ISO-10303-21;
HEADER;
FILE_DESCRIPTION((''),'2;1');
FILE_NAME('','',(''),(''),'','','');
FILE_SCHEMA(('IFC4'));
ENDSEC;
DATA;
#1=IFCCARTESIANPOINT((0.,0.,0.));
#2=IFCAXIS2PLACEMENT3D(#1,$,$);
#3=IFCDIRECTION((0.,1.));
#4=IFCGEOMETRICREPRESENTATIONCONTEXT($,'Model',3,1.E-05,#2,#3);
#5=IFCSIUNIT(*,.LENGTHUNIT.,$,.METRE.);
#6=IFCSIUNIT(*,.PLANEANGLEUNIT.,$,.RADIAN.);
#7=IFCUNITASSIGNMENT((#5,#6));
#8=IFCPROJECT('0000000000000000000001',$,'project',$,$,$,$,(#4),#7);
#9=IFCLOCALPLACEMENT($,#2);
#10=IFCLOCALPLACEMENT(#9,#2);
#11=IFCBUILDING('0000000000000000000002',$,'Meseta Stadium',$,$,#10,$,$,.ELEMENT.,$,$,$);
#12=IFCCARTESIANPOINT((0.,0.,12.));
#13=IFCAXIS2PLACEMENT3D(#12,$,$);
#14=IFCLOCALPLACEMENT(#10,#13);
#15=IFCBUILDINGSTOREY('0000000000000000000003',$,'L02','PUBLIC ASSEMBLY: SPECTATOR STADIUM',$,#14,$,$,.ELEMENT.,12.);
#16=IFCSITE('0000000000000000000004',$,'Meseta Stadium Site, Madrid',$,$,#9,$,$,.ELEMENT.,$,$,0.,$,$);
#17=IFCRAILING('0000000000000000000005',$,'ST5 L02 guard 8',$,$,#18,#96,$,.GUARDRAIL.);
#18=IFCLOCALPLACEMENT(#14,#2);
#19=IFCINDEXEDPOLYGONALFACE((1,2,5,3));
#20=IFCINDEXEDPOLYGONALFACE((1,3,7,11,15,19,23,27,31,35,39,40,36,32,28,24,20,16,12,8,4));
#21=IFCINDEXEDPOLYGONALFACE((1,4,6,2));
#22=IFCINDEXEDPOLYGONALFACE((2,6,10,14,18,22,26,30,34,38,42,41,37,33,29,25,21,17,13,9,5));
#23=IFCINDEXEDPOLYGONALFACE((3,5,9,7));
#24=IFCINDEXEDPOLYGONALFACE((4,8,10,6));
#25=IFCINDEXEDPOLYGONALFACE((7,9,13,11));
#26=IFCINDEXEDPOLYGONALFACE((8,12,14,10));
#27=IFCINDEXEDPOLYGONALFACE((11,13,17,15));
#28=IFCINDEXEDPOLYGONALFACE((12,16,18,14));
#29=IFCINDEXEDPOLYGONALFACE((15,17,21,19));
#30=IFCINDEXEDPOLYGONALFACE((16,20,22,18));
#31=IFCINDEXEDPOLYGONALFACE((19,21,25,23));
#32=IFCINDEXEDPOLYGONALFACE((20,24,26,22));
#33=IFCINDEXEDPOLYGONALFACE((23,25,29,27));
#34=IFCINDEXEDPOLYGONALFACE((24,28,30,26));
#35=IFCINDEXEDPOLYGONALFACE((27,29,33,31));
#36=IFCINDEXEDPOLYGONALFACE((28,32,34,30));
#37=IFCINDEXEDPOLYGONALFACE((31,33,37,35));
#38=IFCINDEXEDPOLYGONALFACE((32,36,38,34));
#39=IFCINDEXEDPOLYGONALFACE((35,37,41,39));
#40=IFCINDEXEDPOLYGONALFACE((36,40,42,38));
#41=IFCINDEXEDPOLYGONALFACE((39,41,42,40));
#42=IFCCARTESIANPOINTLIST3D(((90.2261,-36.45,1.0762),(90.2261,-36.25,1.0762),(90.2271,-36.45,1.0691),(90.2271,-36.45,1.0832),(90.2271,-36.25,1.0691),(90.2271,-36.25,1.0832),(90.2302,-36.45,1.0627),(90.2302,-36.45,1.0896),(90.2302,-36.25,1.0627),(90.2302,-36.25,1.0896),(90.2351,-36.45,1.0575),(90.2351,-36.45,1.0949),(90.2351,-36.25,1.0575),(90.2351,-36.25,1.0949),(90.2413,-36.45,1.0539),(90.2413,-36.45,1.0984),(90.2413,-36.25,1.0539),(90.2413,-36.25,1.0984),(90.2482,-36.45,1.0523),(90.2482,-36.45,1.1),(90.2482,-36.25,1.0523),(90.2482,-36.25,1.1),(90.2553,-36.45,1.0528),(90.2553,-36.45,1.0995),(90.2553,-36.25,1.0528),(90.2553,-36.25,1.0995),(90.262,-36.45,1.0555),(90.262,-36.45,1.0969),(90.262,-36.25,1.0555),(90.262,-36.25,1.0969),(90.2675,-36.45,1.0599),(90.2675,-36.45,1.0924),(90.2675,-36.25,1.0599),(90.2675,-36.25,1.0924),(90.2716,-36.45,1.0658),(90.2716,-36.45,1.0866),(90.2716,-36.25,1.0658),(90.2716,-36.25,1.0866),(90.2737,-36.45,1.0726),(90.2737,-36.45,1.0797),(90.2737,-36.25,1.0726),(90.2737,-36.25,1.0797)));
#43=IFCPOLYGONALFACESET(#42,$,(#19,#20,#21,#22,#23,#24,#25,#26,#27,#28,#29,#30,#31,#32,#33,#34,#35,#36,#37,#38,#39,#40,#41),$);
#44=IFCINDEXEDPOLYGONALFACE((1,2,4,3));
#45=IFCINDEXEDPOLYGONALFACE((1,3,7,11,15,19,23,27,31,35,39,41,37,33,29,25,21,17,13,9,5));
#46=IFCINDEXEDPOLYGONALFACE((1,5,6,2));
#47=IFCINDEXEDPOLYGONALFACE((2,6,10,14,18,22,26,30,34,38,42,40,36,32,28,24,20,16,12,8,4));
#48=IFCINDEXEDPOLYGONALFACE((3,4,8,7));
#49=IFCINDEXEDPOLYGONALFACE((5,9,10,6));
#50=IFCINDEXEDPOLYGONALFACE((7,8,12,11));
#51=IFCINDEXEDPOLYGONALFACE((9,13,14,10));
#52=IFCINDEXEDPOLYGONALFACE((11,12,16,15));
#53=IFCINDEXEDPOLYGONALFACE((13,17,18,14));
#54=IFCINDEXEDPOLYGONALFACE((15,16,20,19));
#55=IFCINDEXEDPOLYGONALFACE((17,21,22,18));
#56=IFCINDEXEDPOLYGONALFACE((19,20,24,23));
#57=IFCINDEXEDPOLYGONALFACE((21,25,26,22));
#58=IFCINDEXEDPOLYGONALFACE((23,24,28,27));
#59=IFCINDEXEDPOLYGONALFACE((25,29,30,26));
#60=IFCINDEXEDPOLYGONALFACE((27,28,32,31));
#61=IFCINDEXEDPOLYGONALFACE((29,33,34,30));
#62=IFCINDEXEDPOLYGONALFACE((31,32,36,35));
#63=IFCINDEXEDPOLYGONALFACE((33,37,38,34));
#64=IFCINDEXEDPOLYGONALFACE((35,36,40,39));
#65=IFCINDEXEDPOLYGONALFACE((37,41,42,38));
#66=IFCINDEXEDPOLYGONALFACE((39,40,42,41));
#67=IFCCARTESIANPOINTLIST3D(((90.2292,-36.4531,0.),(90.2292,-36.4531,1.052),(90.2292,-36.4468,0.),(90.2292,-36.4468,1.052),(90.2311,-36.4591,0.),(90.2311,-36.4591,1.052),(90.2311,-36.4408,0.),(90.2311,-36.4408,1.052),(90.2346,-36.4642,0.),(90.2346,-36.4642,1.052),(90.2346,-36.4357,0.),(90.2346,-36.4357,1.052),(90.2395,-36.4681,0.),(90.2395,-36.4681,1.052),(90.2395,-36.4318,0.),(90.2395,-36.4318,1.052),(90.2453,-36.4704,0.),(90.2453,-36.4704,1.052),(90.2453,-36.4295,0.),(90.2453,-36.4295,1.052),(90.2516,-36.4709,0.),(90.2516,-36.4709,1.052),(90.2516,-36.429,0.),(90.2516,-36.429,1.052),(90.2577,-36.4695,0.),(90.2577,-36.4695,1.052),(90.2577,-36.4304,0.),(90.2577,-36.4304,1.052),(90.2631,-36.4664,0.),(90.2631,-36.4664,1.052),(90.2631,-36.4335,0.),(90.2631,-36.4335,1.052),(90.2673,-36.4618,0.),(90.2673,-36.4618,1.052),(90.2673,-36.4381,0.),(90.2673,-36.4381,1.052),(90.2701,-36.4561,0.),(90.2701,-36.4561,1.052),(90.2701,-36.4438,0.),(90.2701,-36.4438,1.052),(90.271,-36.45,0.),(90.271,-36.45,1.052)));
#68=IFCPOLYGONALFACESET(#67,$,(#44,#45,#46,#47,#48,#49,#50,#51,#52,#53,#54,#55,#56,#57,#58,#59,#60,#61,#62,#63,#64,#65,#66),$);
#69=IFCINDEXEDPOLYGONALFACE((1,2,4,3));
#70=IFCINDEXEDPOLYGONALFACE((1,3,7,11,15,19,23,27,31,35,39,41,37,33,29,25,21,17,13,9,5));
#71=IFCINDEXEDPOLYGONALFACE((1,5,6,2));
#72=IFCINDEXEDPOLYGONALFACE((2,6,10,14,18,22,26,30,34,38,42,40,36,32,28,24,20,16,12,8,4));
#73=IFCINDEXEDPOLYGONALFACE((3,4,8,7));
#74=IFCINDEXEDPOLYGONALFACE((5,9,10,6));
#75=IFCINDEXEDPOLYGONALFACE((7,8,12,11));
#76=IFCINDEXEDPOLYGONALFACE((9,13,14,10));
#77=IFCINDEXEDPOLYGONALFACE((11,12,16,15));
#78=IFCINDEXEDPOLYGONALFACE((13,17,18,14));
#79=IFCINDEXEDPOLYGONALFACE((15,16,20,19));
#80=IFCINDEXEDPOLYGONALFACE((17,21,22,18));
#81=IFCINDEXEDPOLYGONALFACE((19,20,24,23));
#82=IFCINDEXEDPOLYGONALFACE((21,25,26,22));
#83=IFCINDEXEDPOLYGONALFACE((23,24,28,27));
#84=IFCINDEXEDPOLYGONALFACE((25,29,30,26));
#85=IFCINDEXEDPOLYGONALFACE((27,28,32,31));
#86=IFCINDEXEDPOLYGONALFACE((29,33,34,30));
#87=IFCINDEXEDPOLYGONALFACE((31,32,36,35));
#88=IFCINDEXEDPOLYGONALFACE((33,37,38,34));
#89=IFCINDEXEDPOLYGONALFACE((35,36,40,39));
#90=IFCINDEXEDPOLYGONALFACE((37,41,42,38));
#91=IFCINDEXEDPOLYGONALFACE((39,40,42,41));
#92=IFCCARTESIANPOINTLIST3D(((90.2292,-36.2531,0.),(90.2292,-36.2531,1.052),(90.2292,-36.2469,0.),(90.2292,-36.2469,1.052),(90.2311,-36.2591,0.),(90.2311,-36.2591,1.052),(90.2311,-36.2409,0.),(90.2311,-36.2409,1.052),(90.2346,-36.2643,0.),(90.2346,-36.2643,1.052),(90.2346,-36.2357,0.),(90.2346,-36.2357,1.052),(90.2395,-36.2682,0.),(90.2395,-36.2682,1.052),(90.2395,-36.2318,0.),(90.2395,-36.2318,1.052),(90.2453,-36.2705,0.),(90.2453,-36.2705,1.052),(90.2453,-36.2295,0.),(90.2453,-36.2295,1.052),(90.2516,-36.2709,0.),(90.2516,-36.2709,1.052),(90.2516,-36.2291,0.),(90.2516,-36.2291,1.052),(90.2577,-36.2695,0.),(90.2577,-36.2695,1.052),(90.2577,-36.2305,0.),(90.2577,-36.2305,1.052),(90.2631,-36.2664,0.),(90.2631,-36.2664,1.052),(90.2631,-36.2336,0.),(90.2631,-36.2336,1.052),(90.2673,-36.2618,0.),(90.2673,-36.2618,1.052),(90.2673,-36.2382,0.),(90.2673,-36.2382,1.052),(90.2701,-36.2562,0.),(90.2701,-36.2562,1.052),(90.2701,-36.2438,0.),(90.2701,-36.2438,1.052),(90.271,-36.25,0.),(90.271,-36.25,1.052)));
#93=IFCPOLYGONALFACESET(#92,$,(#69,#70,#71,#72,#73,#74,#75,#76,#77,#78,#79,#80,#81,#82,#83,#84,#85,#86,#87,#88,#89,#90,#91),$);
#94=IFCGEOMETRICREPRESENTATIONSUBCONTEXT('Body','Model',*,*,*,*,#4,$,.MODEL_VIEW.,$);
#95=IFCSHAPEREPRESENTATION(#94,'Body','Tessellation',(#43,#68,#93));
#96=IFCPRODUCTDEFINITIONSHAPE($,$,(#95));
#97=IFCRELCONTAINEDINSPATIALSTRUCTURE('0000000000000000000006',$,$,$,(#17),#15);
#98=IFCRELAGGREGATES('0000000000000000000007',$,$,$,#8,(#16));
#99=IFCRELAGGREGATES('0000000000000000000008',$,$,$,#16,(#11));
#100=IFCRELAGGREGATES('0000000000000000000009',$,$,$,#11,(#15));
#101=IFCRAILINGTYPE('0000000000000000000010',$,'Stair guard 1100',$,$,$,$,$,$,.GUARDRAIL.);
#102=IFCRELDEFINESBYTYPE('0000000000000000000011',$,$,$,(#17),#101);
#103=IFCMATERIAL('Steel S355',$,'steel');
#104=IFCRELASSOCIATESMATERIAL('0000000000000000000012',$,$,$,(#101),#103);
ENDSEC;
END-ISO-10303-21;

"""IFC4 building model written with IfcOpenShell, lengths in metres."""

from ifc_helpers import new_model, si_unit, direction, frame, origin, origin_2d, place, context, subcontext, project, spatial, circle, extrude, material, type_object, element, save


model = new_model("IFC4")

# Units and contexts
model_context = context("Model", 3, precision=1e-05, world=origin(), true_north=direction((0.0, 1.0)))
body_context = subcontext(model_context, "Body", "Model", "MODEL_VIEW")
ifc_project = project(units=[si_unit("LENGTHUNIT", "METRE"), si_unit("PLANEANGLEUNIT", "RADIAN")], contexts=[model_context])

# Site, building, storey
site_placement = place(None, origin())
site = spatial("IfcSite", under=ifc_project, at=site_placement, Name="Meseta Stadium Site, Madrid", CompositionType="ELEMENT", RefElevation=0.0)
building_placement = place(site_placement, origin())
building = spatial("IfcBuilding", under=site, at=building_placement, Name="Meseta Stadium", CompositionType="ELEMENT")
storey_placement = place(building_placement, frame((0.0, 0.0, 12.0)))
storey = spatial("IfcBuildingStorey", under=building, at=storey_placement, Name="L02", Description="PUBLIC ASSEMBLY: SPECTATOR STADIUM", CompositionType="ELEMENT", Elevation=12.0)

# Railing
ifc_material_1 = material(Name="Steel S355", Category="steel")
railing_type_1 = type_object("IfcRailingType", Name="Stair guard 1100", PredefinedType="GUARDRAIL", material=ifc_material_1)
railing_1_placement = place(storey_placement, frame((90.25, -36.45, 0.0)))
element("IfcRailing", 1, at=railing_1_placement, inside=storey, type_object=railing_type_1, Name="ST5 L02 guard 8", PredefinedType="GUARDRAIL", context=body_context, shape_type="SweptSolid", body=[
    extrude(circle(Radius=0.0239, at=origin_2d()), frame((0.0, 0.0, 1.0762), z_axis=(0.0, 1.0, 0.0), x_axis=(-1.0, 0.0, 0.0)), (0.0, 0.0, 1.0), 0.2),
    extrude(circle(Radius=0.021, at=origin_2d()), origin(), (0.0, 0.0, 1.0), 1.052),
    extrude(circle(Radius=0.021, at=origin_2d()), frame((0.0, 0.2, 0.0)), (0.0, 0.0, 1.0), 1.052),
])

save(model, "model.ifc")
